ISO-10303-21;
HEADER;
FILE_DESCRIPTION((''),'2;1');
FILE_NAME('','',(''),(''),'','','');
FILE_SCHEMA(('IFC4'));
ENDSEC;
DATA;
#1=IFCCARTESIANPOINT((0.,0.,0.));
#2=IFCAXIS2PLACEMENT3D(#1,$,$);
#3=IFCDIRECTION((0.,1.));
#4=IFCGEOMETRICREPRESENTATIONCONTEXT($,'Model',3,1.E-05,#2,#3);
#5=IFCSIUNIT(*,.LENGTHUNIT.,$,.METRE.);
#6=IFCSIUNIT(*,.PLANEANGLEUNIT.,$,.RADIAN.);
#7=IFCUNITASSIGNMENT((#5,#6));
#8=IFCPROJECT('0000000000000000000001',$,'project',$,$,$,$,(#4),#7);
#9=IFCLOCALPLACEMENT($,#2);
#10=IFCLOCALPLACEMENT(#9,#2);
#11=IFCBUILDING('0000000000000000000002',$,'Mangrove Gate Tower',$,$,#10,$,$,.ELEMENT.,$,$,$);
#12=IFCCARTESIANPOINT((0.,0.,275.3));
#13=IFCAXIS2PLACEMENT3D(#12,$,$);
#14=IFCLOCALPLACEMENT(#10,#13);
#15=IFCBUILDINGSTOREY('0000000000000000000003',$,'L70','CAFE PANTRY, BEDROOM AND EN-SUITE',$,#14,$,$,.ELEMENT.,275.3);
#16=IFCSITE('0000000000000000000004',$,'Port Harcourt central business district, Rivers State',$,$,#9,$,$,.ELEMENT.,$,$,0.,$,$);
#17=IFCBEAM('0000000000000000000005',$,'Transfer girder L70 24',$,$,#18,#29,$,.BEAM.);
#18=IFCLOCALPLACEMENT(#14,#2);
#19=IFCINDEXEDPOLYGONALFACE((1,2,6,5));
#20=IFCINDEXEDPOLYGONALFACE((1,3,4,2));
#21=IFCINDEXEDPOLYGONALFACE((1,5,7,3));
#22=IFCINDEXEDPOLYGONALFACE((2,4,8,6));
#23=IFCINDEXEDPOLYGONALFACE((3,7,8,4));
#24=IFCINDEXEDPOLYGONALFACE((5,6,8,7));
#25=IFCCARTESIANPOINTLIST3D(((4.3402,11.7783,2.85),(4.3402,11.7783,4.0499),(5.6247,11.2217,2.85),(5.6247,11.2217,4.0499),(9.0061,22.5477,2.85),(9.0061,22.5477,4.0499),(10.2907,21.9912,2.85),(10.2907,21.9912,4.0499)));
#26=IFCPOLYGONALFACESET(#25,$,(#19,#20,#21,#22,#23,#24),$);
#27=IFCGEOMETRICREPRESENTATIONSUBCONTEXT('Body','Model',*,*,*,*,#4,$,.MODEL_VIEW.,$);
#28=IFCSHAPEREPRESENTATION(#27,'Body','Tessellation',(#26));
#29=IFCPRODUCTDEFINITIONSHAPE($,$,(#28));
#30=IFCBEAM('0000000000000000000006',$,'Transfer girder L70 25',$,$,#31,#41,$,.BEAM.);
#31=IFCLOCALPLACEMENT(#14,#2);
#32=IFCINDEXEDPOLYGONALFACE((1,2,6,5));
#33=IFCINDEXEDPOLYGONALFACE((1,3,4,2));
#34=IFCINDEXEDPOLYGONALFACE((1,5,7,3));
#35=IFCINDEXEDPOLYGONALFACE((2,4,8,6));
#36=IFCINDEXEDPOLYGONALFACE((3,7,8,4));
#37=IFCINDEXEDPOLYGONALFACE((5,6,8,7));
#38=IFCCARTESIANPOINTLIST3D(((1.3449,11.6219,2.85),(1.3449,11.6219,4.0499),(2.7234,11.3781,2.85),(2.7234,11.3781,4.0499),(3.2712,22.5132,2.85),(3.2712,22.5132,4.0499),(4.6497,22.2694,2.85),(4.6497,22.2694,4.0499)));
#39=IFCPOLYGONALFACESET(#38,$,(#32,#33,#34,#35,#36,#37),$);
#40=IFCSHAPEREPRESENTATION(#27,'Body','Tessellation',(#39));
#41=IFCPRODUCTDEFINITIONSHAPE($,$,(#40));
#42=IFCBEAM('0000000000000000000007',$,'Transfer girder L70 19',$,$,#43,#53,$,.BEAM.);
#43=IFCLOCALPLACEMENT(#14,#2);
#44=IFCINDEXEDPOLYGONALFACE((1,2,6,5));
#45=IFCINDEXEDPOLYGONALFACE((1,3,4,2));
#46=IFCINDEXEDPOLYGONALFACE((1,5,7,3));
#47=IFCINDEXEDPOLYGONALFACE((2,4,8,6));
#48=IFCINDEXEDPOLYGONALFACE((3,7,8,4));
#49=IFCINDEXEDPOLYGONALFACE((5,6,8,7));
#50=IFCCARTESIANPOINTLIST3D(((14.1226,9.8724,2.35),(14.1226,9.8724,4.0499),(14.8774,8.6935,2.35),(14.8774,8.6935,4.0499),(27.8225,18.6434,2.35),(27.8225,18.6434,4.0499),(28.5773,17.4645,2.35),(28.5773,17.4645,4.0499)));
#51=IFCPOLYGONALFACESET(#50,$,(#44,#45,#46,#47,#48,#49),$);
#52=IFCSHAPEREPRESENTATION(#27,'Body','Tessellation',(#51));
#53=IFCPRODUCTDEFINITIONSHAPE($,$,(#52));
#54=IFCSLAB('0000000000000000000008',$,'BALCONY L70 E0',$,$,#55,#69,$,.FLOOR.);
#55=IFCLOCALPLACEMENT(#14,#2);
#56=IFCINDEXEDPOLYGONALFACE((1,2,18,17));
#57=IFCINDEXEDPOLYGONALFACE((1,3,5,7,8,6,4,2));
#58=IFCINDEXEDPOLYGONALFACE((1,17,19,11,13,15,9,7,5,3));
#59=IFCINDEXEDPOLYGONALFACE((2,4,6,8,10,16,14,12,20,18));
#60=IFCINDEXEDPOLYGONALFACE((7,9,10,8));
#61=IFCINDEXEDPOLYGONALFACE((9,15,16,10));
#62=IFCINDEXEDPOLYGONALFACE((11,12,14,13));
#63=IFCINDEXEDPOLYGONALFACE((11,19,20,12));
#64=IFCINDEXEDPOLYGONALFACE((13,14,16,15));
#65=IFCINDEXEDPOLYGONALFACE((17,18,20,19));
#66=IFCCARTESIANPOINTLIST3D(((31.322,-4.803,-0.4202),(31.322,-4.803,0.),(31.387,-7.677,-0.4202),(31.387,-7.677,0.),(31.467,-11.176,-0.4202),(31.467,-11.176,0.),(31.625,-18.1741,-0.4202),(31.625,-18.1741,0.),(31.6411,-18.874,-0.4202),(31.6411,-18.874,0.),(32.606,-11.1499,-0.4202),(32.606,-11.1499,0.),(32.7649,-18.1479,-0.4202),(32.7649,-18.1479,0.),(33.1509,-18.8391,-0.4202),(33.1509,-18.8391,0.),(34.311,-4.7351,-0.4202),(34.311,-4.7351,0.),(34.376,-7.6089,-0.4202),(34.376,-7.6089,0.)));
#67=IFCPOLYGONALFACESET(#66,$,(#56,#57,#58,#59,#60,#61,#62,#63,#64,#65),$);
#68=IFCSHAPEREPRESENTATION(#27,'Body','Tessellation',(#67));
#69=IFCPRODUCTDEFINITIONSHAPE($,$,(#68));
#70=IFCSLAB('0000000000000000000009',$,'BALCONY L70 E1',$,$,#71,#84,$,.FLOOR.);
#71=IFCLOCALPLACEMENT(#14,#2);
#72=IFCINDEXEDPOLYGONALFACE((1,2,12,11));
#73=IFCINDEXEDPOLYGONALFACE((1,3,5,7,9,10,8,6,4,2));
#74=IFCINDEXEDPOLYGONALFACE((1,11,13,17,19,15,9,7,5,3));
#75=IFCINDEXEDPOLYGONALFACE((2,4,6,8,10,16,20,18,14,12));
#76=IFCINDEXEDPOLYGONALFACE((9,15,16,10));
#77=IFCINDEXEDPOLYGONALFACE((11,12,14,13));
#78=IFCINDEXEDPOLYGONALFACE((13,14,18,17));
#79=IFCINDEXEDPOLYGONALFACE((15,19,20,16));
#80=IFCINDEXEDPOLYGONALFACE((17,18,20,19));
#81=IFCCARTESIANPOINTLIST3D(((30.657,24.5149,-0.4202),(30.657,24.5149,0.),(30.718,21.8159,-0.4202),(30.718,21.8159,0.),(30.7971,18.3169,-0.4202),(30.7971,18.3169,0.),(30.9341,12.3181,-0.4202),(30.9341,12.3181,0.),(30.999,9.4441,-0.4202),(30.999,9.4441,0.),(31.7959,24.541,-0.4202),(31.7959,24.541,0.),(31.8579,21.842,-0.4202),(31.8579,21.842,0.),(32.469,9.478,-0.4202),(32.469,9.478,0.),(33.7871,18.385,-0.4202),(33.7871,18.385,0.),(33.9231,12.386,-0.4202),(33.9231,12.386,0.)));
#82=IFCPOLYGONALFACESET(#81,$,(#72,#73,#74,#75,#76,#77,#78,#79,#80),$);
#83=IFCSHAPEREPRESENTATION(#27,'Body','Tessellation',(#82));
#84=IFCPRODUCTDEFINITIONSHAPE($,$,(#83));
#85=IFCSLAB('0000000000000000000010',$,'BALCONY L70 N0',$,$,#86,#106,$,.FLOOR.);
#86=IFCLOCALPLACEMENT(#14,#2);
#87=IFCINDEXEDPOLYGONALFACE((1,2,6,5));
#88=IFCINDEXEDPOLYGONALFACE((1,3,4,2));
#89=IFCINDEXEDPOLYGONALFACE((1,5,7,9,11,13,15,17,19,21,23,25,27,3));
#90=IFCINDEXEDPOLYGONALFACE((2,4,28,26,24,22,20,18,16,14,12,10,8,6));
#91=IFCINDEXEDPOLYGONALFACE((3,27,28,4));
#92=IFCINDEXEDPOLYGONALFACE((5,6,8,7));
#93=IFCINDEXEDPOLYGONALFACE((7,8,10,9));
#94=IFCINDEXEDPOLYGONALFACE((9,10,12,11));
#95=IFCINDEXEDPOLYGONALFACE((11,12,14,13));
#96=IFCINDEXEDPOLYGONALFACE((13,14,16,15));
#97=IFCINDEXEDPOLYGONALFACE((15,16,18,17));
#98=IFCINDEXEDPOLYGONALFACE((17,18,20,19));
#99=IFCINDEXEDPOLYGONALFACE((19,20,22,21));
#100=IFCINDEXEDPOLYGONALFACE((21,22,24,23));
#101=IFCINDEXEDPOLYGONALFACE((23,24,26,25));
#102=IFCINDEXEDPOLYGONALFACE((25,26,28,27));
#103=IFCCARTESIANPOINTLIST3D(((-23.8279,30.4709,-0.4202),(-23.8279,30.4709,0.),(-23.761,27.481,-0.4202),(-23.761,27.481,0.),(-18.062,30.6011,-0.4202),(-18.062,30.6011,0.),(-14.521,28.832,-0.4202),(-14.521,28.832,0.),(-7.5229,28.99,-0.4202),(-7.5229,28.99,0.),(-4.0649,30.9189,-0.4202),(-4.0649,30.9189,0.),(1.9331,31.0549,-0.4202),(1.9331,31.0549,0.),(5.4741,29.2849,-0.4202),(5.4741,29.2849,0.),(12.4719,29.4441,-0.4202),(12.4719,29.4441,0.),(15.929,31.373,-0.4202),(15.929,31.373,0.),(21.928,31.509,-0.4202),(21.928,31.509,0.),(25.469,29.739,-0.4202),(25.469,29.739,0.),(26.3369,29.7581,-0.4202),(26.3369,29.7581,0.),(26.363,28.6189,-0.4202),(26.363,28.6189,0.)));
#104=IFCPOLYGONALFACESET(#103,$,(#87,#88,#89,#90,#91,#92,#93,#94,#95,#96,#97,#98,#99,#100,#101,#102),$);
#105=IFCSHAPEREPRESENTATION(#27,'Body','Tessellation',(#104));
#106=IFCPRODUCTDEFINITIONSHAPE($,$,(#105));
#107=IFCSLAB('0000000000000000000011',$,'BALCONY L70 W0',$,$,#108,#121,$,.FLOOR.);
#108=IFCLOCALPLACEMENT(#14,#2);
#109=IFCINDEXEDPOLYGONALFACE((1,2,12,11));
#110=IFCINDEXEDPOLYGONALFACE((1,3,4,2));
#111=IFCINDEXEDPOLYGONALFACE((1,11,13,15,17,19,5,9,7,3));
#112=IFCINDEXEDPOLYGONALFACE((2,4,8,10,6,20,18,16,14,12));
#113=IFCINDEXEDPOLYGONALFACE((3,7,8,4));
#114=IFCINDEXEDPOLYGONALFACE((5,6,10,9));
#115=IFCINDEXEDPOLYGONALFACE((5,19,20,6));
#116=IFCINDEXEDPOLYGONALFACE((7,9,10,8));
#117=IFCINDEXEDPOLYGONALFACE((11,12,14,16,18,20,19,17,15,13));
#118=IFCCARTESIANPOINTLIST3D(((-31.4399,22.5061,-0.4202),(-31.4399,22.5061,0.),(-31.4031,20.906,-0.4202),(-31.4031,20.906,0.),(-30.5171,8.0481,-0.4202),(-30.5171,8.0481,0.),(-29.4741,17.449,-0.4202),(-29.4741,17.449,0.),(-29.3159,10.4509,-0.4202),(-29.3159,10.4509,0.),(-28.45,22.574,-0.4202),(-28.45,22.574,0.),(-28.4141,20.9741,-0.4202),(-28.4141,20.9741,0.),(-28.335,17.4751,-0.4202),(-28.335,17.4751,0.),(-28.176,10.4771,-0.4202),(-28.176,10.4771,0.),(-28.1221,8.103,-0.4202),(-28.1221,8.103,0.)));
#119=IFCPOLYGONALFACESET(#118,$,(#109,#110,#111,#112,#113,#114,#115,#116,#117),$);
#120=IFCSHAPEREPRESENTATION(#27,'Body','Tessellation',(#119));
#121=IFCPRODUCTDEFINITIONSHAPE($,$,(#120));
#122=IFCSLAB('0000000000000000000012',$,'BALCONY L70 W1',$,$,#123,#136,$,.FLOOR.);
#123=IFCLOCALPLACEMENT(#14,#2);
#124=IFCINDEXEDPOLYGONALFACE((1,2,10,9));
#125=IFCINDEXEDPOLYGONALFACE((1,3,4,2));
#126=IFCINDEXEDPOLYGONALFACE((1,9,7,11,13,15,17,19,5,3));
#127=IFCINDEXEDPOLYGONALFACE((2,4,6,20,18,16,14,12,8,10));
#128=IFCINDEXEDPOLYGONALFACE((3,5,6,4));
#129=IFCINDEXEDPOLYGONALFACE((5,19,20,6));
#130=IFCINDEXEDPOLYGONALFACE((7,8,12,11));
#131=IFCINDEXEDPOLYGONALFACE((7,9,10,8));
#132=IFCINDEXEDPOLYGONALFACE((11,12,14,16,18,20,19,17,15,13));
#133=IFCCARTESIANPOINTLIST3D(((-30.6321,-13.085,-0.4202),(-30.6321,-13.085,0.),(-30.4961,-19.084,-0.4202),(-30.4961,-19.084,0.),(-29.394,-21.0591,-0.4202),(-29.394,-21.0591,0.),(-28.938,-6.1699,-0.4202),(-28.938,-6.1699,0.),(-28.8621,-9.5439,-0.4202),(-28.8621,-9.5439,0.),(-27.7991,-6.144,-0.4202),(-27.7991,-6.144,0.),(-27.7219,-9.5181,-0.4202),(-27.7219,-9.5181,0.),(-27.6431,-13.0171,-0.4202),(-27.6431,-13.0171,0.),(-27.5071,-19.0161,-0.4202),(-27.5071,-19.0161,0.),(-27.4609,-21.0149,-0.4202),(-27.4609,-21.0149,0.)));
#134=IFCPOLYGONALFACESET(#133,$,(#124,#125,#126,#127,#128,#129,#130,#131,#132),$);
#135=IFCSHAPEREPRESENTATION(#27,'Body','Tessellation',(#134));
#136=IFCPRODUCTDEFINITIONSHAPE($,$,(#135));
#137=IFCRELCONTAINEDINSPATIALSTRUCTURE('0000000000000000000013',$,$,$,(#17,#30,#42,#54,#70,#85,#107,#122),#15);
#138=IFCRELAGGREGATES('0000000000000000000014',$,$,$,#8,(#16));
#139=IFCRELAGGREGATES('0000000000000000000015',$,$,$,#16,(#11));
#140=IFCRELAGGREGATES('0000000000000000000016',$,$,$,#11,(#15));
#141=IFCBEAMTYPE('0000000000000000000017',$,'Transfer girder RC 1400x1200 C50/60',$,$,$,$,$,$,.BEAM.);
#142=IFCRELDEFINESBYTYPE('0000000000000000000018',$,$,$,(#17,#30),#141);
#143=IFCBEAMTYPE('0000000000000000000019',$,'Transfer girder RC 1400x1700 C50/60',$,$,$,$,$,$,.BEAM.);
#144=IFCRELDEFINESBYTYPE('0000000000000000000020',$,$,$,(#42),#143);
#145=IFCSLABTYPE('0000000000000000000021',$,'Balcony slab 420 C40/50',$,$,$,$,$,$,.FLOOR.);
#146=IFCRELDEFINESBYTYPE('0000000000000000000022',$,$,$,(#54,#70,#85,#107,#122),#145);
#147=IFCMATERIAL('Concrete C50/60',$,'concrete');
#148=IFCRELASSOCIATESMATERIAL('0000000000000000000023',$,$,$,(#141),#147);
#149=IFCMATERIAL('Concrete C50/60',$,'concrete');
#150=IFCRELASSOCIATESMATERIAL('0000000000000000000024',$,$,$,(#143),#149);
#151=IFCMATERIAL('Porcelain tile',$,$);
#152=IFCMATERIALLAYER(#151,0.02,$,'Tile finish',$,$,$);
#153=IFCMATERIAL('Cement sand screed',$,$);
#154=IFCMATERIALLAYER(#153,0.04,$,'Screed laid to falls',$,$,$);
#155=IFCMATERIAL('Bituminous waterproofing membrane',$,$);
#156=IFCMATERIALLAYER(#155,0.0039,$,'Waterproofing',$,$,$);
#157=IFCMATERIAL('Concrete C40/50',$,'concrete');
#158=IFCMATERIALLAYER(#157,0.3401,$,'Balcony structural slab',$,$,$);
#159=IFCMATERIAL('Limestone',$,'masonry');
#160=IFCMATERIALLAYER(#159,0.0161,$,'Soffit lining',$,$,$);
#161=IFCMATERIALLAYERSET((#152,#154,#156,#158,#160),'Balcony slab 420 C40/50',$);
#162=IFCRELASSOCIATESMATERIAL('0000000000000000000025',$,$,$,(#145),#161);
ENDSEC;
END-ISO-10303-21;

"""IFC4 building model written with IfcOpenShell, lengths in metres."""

from ifc_helpers import new_model, si_unit, direction, frame, origin, origin_2d, place, context, subcontext, project, spatial, polyline, rectangle, outline, extrude, material, layer, layer_set, material_profile, profile_set, type_object, element, save


model = new_model("IFC4")

# Units and contexts
model_context = context("Model", 3, precision=1e-05, world=origin(), true_north=direction((0.0, 1.0)))
body_context = subcontext(model_context, "Body", "Model", "MODEL_VIEW")
ifc_project = project(units=[si_unit("LENGTHUNIT", "METRE"), si_unit("PLANEANGLEUNIT", "RADIAN")], contexts=[model_context])

# Site, building, storey
site_placement = place(None, origin())
site = spatial("IfcSite", under=ifc_project, at=site_placement, Name="Port Harcourt central business district, Rivers State", CompositionType="ELEMENT", RefElevation=0.0)
building_placement = place(site_placement, origin())
building = spatial("IfcBuilding", under=site, at=building_placement, Name="Mangrove Gate Tower", CompositionType="ELEMENT")
storey_placement = place(building_placement, frame((0.0, 0.0, 275.3)))
storey = spatial("IfcBuildingStorey", under=building, at=storey_placement, Name="L70", Description="CAFE PANTRY, BEDROOM AND EN-SUITE", CompositionType="ELEMENT", Elevation=275.3)

# Beams
ifc_material_1 = material(Name="Concrete C50/60", Category="concrete")
ifc_material_profile_1 = material_profile(ifc_material_1, rectangle(XDim=1.3999, YDim=1.2, at=origin_2d()))
ifc_profile_set_1 = profile_set([ifc_material_profile_1], Name="Concrete C50/60")
beam_type_1 = type_object("IfcBeamType", Name="Transfer girder RC 1400x1200 C50/60", PredefinedType="BEAM", material=ifc_profile_set_1)
beam_1_placement = place(storey_placement, frame((4.9824, 11.5, 3.45), z_axis=(0.397551, 0.91758, 0.0), x_axis=(-0.91758, 0.397551, 0.0)))
element("IfcBeam", 1, at=beam_1_placement, inside=storey, type_object=beam_type_1, Name="Transfer girder L70 24", PredefinedType="BEAM", context=body_context, shape_type="SweptSolid", body=[
    extrude(rectangle(XDim=1.3999, YDim=1.2, at=origin_2d()), origin(), (0.0, 0.0, 1.0), 11.7368),
])
beam_2_placement = place(storey_placement, frame((2.0342, 11.5, 3.45), z_axis=(0.174159, 0.984717, 0.0), x_axis=(-0.984717, 0.174159, 0.0)))
element("IfcBeam", 2, at=beam_2_placement, inside=storey, type_object=beam_type_1, Name="Transfer girder L70 25", PredefinedType="BEAM", context=body_context, shape_type="SweptSolid", body=[
    extrude(rectangle(XDim=1.3999, YDim=1.2, at=origin_2d()), origin(), (0.0, 0.0, 1.0), 11.0603),
])
ifc_material_2 = material(Name="Concrete C50/60", Category="concrete")
ifc_material_profile_2 = material_profile(ifc_material_2, rectangle(XDim=1.3999, YDim=1.7, at=origin_2d()))
ifc_profile_set_2 = profile_set([ifc_material_profile_2], Name="Concrete C50/60")
beam_type_2 = type_object("IfcBeamType", Name="Transfer girder RC 1400x1700 C50/60", PredefinedType="BEAM", material=ifc_profile_set_2)
beam_3_placement = place(storey_placement, frame((14.5, 9.283, 3.2), z_axis=(0.842187, 0.539186, 0.0), x_axis=(-0.539186, 0.842187, 0.0)))
element("IfcBeam", 3, at=beam_3_placement, inside=storey, type_object=beam_type_2, Name="Transfer girder L70 19", PredefinedType="BEAM", context=body_context, shape_type="SweptSolid", body=[
    extrude(rectangle(XDim=1.3999, YDim=1.7, at=origin_2d()), origin(), (0.0, 0.0, 1.0), 16.2671),
])

# Slabs
ifc_material_3 = material(Name="Porcelain tile")
ifc_layer_1 = layer(ifc_material_3, 0.02, Name="Tile finish")
ifc_material_4 = material(Name="Cement sand screed")
ifc_layer_2 = layer(ifc_material_4, 0.04, Name="Screed laid to falls")
ifc_material_5 = material(Name="Bituminous waterproofing membrane")
ifc_layer_3 = layer(ifc_material_5, 0.0039, Name="Waterproofing")
ifc_material_6 = material(Name="Concrete C40/50", Category="concrete")
ifc_layer_4 = layer(ifc_material_6, 0.3401, Name="Balcony structural slab")
ifc_material_7 = material(Name="Limestone", Category="masonry")
ifc_layer_5 = layer(ifc_material_7, 0.0161, Name="Soffit lining")
ifc_layer_set_1 = layer_set([ifc_layer_1, ifc_layer_2, ifc_layer_3, ifc_layer_4, ifc_layer_5], Name="Balcony slab 420 C40/50")
slab_type_1 = type_object("IfcSlabType", Name="Balcony slab 420 C40/50", PredefinedType="FLOOR", material=ifc_layer_set_1)
slab_1_placement = place(storey_placement, frame((0.0, 0.0, -0.4202)))
element("IfcSlab", 4, at=slab_1_placement, inside=storey, type_object=slab_type_1, Name="BALCONY L70 E0", PredefinedType="FLOOR", context=body_context, shape_type="SweptSolid", body=[
    extrude(outline(polyline([(33.1509, -18.8391), (32.7649, -18.1479), (32.606, -11.1499), (34.376, -7.6089), (34.311, -4.7351), (31.322, -4.803), (31.387, -7.677), (31.467, -11.176), (31.625, -18.1741), (31.6411, -18.874), (33.1509, -18.8391)])), origin(), (0.0, 0.0, 1.0), 0.4202),
])
slab_2_placement = place(storey_placement, frame((0.0, 0.0, -0.4202)))
element("IfcSlab", 5, at=slab_2_placement, inside=storey, type_object=slab_type_1, Name="BALCONY L70 E1", PredefinedType="FLOOR", context=body_context, shape_type="SweptSolid", body=[
    extrude(outline(polyline([(32.469, 9.478), (33.9231, 12.386), (33.7871, 18.385), (31.8579, 21.842), (31.7959, 24.541), (30.657, 24.5149), (30.718, 21.8159), (30.7971, 18.3169), (30.9341, 12.3181), (30.999, 9.4441), (32.469, 9.478)])), origin(), (0.0, 0.0, 1.0), 0.4202),
])
slab_3_placement = place(storey_placement, frame((0.0, 0.0, -0.4202)))
element("IfcSlab", 6, at=slab_3_placement, inside=storey, type_object=slab_type_1, Name="BALCONY L70 N0", PredefinedType="FLOOR", context=body_context, shape_type="SweptSolid", body=[
    extrude(outline(polyline([(26.3369, 29.7581), (25.469, 29.739), (21.928, 31.509), (15.929, 31.373), (12.4719, 29.4441), (5.4741, 29.2849), (1.9331, 31.0549), (-4.0649, 30.9189), (-7.5229, 28.99), (-14.521, 28.832), (-18.062, 30.6011), (-23.8279, 30.4709), (-23.761, 27.481), (26.363, 28.6189), (26.3369, 29.7581)])), origin(), (0.0, 0.0, 1.0), 0.4202),
])
slab_4_placement = place(storey_placement, frame((0.0, 0.0, -0.4202)))
element("IfcSlab", 7, at=slab_4_placement, inside=storey, type_object=slab_type_1, Name="BALCONY L70 W0", PredefinedType="FLOOR", context=body_context, shape_type="SweptSolid", body=[
    extrude(outline(polyline([(-31.4399, 22.5061), (-31.4031, 20.906), (-29.4741, 17.449), (-29.3159, 10.4509), (-30.5171, 8.0481), (-28.1221, 8.103), (-28.176, 10.4771), (-28.335, 17.4751), (-28.4141, 20.9741), (-28.45, 22.574), (-31.4399, 22.5061)])), origin(), (0.0, 0.0, 1.0), 0.4202),
])
slab_5_placement = place(storey_placement, frame((0.0, 0.0, -0.4202)))
element("IfcSlab", 8, at=slab_5_placement, inside=storey, type_object=slab_type_1, Name="BALCONY L70 W1", PredefinedType="FLOOR", context=body_context, shape_type="SweptSolid", body=[
    extrude(outline(polyline([(-28.938, -6.1699), (-28.8621, -9.5439), (-30.6321, -13.085), (-30.4961, -19.084), (-29.394, -21.0591), (-27.4609, -21.0149), (-27.5071, -19.0161), (-27.6431, -13.0171), (-27.7219, -9.5181), (-27.7991, -6.144), (-28.938, -6.1699)])), origin(), (0.0, 0.0, 1.0), 0.4202),
])

save(model, "model.ifc")
